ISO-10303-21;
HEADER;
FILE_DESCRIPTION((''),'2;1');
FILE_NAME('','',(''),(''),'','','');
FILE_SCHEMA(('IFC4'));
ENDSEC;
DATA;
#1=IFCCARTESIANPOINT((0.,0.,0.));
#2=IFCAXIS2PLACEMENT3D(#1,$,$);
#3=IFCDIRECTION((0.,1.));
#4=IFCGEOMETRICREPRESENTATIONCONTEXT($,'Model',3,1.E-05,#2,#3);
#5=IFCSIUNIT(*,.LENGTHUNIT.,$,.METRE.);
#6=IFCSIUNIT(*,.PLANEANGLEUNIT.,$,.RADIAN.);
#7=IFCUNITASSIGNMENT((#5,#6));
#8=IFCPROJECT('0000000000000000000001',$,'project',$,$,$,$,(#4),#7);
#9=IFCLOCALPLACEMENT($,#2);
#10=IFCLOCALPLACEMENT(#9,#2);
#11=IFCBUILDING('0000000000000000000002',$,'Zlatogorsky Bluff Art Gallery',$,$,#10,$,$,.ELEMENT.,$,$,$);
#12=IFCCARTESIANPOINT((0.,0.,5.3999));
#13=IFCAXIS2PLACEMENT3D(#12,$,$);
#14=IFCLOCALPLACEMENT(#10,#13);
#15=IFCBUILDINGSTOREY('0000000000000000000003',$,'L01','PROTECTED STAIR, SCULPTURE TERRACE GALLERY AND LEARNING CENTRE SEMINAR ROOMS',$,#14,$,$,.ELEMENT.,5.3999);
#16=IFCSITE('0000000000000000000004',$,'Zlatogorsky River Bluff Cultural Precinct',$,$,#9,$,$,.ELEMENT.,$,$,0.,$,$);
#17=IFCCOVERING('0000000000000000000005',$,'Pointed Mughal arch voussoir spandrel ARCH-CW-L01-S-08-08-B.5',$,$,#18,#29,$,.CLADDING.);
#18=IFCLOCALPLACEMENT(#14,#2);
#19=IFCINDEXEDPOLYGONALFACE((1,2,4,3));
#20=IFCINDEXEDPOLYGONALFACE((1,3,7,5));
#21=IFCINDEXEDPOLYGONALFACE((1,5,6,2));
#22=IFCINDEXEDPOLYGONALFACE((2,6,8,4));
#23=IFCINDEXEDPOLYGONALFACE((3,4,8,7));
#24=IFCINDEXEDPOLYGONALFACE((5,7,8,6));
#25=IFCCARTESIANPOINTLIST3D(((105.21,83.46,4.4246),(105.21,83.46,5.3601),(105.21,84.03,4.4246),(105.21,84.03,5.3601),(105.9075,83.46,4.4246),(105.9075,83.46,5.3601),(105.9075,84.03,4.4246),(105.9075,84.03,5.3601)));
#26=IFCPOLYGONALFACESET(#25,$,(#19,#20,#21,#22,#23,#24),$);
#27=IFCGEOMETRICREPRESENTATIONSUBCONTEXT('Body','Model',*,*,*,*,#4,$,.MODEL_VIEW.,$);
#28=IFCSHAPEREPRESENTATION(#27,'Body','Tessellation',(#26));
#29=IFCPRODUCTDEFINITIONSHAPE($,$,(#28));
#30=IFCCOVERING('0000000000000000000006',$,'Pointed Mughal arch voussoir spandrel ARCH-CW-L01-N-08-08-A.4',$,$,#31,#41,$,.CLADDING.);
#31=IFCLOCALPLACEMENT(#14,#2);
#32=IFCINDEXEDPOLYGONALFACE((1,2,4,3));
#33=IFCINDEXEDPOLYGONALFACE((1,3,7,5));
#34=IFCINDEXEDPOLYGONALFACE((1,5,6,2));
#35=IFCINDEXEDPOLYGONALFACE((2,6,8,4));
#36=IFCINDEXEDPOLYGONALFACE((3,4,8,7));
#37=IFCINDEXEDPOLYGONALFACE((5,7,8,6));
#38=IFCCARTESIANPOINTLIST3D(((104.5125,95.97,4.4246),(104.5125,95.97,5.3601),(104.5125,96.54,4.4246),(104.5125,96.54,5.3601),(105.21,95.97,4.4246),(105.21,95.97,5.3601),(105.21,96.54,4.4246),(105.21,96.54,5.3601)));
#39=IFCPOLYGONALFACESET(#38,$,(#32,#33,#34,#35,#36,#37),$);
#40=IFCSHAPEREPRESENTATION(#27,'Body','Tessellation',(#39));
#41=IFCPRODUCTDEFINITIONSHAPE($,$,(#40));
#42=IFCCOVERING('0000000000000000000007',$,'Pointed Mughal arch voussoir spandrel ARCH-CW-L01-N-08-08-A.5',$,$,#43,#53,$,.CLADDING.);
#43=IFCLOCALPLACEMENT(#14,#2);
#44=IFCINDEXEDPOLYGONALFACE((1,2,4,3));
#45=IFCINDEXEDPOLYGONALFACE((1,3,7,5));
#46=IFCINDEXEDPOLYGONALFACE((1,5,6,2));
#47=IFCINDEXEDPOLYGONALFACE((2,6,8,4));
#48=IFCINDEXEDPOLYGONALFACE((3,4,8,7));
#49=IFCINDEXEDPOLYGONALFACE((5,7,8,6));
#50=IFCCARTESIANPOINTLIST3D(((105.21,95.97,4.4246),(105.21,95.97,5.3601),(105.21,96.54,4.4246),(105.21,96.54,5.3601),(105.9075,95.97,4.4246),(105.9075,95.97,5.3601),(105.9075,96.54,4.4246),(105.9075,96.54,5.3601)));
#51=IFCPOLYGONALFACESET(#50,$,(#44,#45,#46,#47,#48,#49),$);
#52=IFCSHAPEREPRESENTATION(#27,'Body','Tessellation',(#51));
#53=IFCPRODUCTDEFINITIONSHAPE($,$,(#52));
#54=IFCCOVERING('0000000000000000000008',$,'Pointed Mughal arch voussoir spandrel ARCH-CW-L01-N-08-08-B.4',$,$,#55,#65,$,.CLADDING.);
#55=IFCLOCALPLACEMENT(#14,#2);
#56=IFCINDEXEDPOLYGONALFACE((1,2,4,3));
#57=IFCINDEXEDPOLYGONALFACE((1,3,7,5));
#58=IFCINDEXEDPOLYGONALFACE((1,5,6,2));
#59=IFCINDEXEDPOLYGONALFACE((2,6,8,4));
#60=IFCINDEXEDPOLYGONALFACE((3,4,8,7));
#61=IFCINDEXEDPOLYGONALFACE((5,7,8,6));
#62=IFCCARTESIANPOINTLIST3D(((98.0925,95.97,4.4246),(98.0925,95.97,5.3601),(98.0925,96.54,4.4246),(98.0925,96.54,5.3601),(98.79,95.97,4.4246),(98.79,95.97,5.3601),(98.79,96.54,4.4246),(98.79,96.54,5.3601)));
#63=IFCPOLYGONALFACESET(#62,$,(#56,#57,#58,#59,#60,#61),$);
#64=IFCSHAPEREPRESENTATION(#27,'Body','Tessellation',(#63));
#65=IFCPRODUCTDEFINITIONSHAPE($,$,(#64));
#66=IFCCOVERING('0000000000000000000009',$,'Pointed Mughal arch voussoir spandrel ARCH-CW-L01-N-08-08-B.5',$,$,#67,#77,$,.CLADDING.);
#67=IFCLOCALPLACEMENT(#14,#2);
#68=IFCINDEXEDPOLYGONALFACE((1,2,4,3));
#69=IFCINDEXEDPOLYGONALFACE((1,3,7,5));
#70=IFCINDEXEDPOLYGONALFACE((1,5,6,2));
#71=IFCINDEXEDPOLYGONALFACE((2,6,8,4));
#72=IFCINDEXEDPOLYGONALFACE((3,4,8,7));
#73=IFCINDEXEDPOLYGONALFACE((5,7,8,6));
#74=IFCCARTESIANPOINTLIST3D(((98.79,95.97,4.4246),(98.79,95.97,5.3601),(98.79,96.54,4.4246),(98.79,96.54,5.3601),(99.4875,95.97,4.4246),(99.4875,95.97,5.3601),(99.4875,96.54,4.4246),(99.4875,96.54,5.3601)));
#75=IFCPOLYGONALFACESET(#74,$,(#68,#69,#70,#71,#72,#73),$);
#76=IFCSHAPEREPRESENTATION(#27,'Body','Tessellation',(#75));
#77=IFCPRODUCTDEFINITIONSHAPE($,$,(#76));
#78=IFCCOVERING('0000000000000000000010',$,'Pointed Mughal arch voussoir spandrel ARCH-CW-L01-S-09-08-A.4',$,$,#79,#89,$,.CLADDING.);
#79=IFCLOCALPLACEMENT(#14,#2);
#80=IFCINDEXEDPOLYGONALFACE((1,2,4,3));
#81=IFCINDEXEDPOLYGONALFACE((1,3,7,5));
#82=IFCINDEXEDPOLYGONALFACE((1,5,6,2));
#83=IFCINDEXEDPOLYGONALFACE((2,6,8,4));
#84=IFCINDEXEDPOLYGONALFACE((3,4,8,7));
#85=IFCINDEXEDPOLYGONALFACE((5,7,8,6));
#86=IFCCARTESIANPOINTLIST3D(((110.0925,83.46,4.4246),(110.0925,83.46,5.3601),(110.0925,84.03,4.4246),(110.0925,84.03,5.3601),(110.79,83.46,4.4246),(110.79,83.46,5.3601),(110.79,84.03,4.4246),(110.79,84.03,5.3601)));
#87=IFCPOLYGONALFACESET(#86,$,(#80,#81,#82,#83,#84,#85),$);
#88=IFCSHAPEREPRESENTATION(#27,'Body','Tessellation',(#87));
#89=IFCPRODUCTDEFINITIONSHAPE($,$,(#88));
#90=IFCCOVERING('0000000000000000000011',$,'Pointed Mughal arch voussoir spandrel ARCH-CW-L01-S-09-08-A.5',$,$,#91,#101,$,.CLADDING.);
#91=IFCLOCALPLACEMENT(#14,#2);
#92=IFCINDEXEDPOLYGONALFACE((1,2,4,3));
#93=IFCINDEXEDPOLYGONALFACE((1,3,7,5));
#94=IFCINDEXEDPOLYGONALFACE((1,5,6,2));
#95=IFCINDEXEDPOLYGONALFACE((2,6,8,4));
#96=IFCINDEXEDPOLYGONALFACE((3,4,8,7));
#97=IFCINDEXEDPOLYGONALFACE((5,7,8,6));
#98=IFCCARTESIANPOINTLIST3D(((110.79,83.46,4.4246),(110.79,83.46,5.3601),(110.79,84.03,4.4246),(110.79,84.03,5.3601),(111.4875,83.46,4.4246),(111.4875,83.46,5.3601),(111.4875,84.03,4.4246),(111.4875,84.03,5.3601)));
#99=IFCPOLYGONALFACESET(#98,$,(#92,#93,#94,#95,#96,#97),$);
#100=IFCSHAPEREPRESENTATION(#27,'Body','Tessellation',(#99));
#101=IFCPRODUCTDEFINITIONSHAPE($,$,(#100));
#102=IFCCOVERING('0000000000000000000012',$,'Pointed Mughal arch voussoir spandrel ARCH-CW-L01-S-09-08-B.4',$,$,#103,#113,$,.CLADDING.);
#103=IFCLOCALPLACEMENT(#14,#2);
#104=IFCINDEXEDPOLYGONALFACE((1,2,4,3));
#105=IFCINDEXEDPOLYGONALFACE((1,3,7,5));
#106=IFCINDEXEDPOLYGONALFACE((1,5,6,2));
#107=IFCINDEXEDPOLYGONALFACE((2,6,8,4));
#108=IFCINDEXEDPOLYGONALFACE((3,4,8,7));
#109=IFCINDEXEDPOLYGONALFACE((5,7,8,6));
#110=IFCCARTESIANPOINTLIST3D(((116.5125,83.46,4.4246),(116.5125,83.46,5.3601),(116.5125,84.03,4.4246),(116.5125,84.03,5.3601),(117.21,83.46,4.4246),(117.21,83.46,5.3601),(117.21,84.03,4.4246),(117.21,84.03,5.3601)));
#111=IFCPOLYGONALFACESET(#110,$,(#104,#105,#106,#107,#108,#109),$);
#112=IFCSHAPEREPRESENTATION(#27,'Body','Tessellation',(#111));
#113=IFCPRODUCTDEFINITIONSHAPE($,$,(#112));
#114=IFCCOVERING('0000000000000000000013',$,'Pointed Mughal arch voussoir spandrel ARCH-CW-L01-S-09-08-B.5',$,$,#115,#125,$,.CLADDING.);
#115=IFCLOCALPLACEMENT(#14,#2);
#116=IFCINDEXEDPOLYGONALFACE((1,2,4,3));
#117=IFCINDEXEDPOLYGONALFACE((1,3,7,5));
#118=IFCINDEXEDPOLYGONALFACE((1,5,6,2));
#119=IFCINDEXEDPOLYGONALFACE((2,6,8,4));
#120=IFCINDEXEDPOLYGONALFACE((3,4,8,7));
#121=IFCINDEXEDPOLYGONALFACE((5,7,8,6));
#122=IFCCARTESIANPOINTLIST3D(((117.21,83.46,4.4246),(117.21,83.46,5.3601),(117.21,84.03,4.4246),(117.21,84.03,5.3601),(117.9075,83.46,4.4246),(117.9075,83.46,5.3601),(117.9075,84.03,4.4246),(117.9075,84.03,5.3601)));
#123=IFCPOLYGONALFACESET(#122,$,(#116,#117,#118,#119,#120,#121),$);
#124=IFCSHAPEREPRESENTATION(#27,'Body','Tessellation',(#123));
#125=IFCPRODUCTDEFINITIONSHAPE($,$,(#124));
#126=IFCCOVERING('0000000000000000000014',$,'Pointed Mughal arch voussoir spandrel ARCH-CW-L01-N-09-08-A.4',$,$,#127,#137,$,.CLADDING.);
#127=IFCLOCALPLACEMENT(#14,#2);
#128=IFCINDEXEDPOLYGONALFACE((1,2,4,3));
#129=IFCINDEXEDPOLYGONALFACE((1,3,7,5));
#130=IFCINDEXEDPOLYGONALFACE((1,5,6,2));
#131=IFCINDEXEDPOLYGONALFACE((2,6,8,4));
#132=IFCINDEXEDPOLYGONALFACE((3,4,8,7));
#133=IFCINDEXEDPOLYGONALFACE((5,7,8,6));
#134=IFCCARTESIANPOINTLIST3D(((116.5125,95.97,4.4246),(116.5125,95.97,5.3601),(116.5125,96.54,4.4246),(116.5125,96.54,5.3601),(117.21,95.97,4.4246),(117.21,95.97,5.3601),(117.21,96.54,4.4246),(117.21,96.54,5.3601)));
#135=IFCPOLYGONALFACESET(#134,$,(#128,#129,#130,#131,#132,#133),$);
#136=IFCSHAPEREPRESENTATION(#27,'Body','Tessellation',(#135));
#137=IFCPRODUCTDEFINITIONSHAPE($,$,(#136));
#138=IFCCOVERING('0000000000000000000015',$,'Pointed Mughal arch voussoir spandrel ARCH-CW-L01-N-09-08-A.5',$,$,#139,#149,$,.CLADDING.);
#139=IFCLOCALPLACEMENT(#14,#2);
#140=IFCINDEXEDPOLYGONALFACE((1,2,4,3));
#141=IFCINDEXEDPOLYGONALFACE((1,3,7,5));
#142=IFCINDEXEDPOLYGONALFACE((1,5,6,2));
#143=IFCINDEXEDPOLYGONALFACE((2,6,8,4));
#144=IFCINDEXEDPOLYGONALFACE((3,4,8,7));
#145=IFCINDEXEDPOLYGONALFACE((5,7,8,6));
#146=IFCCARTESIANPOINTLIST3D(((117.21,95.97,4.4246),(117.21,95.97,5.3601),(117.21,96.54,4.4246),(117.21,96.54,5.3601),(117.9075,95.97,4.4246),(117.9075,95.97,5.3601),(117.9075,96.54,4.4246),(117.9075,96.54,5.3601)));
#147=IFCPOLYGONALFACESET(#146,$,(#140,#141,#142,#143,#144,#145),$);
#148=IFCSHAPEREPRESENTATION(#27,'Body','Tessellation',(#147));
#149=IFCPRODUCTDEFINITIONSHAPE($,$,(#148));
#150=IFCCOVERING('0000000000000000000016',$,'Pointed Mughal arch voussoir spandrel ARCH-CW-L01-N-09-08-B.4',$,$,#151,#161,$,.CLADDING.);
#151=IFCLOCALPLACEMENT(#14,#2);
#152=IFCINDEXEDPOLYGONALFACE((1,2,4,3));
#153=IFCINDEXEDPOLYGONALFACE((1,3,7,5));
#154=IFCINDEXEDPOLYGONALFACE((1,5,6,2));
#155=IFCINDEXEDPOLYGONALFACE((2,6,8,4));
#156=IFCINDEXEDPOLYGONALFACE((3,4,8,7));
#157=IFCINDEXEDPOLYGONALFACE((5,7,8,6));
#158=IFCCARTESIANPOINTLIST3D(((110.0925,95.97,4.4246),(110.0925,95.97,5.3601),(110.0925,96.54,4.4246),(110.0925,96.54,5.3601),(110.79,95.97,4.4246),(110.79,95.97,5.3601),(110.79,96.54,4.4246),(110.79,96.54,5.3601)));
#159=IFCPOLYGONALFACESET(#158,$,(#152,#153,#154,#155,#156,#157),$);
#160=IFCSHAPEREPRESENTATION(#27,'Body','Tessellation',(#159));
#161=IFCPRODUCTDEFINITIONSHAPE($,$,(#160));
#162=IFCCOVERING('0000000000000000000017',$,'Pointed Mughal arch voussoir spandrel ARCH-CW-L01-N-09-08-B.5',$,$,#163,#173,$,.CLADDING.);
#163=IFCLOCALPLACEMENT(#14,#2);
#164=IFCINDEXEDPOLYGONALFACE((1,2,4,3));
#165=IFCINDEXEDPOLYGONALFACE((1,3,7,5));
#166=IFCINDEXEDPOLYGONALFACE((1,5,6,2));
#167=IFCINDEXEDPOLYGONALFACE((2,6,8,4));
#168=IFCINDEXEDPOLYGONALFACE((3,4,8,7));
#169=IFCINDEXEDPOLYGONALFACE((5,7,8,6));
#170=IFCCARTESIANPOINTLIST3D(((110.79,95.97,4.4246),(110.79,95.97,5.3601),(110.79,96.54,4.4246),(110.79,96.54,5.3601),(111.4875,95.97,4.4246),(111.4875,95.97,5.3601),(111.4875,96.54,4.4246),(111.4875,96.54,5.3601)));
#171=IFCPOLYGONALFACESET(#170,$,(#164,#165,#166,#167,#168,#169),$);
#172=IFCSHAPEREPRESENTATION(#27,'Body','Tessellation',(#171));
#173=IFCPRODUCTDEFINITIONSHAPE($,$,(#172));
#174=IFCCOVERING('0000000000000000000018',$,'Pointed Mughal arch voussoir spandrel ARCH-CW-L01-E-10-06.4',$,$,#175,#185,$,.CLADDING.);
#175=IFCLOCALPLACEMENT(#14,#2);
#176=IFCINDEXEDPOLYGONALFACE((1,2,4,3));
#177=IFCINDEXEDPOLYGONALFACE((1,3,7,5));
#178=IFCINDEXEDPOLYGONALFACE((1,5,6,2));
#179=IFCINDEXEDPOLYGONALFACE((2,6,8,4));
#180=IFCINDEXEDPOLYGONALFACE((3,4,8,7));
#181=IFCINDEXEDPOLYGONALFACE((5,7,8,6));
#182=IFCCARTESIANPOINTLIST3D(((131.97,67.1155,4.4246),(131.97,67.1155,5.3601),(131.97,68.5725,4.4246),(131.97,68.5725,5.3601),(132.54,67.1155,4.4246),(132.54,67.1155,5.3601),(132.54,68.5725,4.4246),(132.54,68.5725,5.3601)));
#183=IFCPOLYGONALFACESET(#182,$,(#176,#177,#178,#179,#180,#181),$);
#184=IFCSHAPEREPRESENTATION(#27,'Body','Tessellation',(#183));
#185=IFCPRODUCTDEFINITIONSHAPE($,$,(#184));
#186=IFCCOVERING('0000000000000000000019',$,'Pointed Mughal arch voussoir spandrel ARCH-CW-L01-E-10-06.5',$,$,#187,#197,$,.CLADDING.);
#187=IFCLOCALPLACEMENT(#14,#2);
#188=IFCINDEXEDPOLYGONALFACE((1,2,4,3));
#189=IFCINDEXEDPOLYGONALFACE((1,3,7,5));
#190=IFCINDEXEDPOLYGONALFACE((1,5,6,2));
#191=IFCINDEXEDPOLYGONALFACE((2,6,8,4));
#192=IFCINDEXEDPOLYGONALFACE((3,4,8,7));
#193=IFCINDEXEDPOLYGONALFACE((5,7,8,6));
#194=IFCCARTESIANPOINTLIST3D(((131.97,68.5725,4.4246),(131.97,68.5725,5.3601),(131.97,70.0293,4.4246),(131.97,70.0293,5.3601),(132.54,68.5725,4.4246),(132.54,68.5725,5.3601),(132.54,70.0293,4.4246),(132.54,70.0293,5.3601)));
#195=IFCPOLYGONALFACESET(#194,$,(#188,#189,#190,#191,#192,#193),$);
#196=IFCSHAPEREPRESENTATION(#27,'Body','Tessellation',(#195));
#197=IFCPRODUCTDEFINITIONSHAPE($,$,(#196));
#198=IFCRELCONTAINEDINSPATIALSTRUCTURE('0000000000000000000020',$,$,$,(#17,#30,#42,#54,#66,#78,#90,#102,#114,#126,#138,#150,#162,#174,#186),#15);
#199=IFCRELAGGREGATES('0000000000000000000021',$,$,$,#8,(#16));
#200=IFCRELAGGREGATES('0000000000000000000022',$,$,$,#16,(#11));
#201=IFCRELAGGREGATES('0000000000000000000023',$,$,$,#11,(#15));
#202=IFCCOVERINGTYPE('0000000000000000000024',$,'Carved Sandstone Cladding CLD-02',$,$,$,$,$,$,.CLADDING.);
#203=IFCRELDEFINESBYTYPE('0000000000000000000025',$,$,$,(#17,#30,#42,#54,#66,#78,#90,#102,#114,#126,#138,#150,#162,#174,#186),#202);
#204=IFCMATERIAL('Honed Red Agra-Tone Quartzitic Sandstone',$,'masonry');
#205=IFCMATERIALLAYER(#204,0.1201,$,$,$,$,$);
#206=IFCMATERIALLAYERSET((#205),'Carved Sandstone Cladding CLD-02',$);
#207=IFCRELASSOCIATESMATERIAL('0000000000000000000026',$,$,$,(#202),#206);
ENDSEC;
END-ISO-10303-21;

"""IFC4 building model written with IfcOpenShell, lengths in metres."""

from ifc_helpers import new_model, si_unit, direction, frame, origin, place, context, subcontext, project, spatial, polyline, outline, extrude, material, layer, layer_set, type_object, element, save


model = new_model("IFC4")

# Units and contexts
model_context = context("Model", 3, precision=1e-05, world=origin(), true_north=direction((0.0, 1.0)))
body_context = subcontext(model_context, "Body", "Model", "MODEL_VIEW")
ifc_project = project(units=[si_unit("LENGTHUNIT", "METRE"), si_unit("PLANEANGLEUNIT", "RADIAN")], contexts=[model_context])

# Site, building, storey
site_placement = place(None, origin())
site = spatial("IfcSite", under=ifc_project, at=site_placement, Name="Zlatogorsky River Bluff Cultural Precinct", CompositionType="ELEMENT", RefElevation=0.0)
building_placement = place(site_placement, origin())
building = spatial("IfcBuilding", under=site, at=building_placement, Name="Zlatogorsky Bluff Art Gallery", CompositionType="ELEMENT")
storey_placement = place(building_placement, frame((0.0, 0.0, 5.3999)))
storey = spatial("IfcBuildingStorey", under=building, at=storey_placement, Name="L01", Description="PROTECTED STAIR, SCULPTURE TERRACE GALLERY AND LEARNING CENTRE SEMINAR ROOMS", CompositionType="ELEMENT", Elevation=5.3999)

# Coverings
ifc_material = material(Name="Honed Red Agra-Tone Quartzitic Sandstone", Category="masonry")
ifc_layer = layer(ifc_material, 0.1201)
ifc_layer_set = layer_set([ifc_layer], Name="Carved Sandstone Cladding CLD-02")
covering_type = type_object("IfcCoveringType", Name="Carved Sandstone Cladding CLD-02", PredefinedType="CLADDING", material=ifc_layer_set)
covering_1_placement = place(storey_placement, frame((0.0, 0.0, 4.4246)))
element("IfcCovering", 1, at=covering_1_placement, inside=storey, type_object=covering_type, Name="Pointed Mughal arch voussoir spandrel ARCH-CW-L01-S-08-08-B.5", PredefinedType="CLADDING", context=body_context, shape_type="SweptSolid", body=[
    extrude(outline(polyline([(105.21, 83.46), (105.9075, 83.46), (105.9075, 84.03), (105.21, 84.03), (105.21, 83.46)])), origin(), (0.0, 0.0, 1.0), 0.9355),
])
covering_2_placement = place(storey_placement, frame((0.0, 0.0, 4.4246)))
element("IfcCovering", 2, at=covering_2_placement, inside=storey, type_object=covering_type, Name="Pointed Mughal arch voussoir spandrel ARCH-CW-L01-N-08-08-A.4", PredefinedType="CLADDING", context=body_context, shape_type="SweptSolid", body=[
    extrude(outline(polyline([(104.5125, 95.97), (105.21, 95.97), (105.21, 96.54), (104.5125, 96.54), (104.5125, 95.97)])), origin(), (0.0, 0.0, 1.0), 0.9355),
])
covering_3_placement = place(storey_placement, frame((0.0, 0.0, 4.4246)))
element("IfcCovering", 3, at=covering_3_placement, inside=storey, type_object=covering_type, Name="Pointed Mughal arch voussoir spandrel ARCH-CW-L01-N-08-08-A.5", PredefinedType="CLADDING", context=body_context, shape_type="SweptSolid", body=[
    extrude(outline(polyline([(105.21, 95.97), (105.9075, 95.97), (105.9075, 96.54), (105.21, 96.54), (105.21, 95.97)])), origin(), (0.0, 0.0, 1.0), 0.9355),
])
covering_4_placement = place(storey_placement, frame((0.0, 0.0, 4.4246)))
element("IfcCovering", 4, at=covering_4_placement, inside=storey, type_object=covering_type, Name="Pointed Mughal arch voussoir spandrel ARCH-CW-L01-N-08-08-B.4", PredefinedType="CLADDING", context=body_context, shape_type="SweptSolid", body=[
    extrude(outline(polyline([(98.0925, 95.97), (98.79, 95.97), (98.79, 96.54), (98.0925, 96.54), (98.0925, 95.97)])), origin(), (0.0, 0.0, 1.0), 0.9355),
])
covering_5_placement = place(storey_placement, frame((0.0, 0.0, 4.4246)))
element("IfcCovering", 5, at=covering_5_placement, inside=storey, type_object=covering_type, Name="Pointed Mughal arch voussoir spandrel ARCH-CW-L01-N-08-08-B.5", PredefinedType="CLADDING", context=body_context, shape_type="SweptSolid", body=[
    extrude(outline(polyline([(98.79, 95.97), (99.4875, 95.97), (99.4875, 96.54), (98.79, 96.54), (98.79, 95.97)])), origin(), (0.0, 0.0, 1.0), 0.9355),
])
covering_6_placement = place(storey_placement, frame((0.0, 0.0, 4.4246)))
element("IfcCovering", 6, at=covering_6_placement, inside=storey, type_object=covering_type, Name="Pointed Mughal arch voussoir spandrel ARCH-CW-L01-S-09-08-A.4", PredefinedType="CLADDING", context=body_context, shape_type="SweptSolid", body=[
    extrude(outline(polyline([(110.0925, 83.46), (110.79, 83.46), (110.79, 84.03), (110.0925, 84.03), (110.0925, 83.46)])), origin(), (0.0, 0.0, 1.0), 0.9355),
])
covering_7_placement = place(storey_placement, frame((0.0, 0.0, 4.4246)))
element("IfcCovering", 7, at=covering_7_placement, inside=storey, type_object=covering_type, Name="Pointed Mughal arch voussoir spandrel ARCH-CW-L01-S-09-08-A.5", PredefinedType="CLADDING", context=body_context, shape_type="SweptSolid", body=[
    extrude(outline(polyline([(110.79, 83.46), (111.4875, 83.46), (111.4875, 84.03), (110.79, 84.03), (110.79, 83.46)])), origin(), (0.0, 0.0, 1.0), 0.9355),
])
covering_8_placement = place(storey_placement, frame((0.0, 0.0, 4.4246)))
element("IfcCovering", 8, at=covering_8_placement, inside=storey, type_object=covering_type, Name="Pointed Mughal arch voussoir spandrel ARCH-CW-L01-S-09-08-B.4", PredefinedType="CLADDING", context=body_context, shape_type="SweptSolid", body=[
    extrude(outline(polyline([(116.5125, 83.46), (117.21, 83.46), (117.21, 84.03), (116.5125, 84.03), (116.5125, 83.46)])), origin(), (0.0, 0.0, 1.0), 0.9355),
])
covering_9_placement = place(storey_placement, frame((0.0, 0.0, 4.4246)))
element("IfcCovering", 9, at=covering_9_placement, inside=storey, type_object=covering_type, Name="Pointed Mughal arch voussoir spandrel ARCH-CW-L01-S-09-08-B.5", PredefinedType="CLADDING", context=body_context, shape_type="SweptSolid", body=[
    extrude(outline(polyline([(117.21, 83.46), (117.9075, 83.46), (117.9075, 84.03), (117.21, 84.03), (117.21, 83.46)])), origin(), (0.0, 0.0, 1.0), 0.9355),
])
covering_10_placement = place(storey_placement, frame((0.0, 0.0, 4.4246)))
element("IfcCovering", 10, at=covering_10_placement, inside=storey, type_object=covering_type, Name="Pointed Mughal arch voussoir spandrel ARCH-CW-L01-N-09-08-A.4", PredefinedType="CLADDING", context=body_context, shape_type="SweptSolid", body=[
    extrude(outline(polyline([(116.5125, 95.97), (117.21, 95.97), (117.21, 96.54), (116.5125, 96.54), (116.5125, 95.97)])), origin(), (0.0, 0.0, 1.0), 0.9355),
])
covering_11_placement = place(storey_placement, frame((0.0, 0.0, 4.4246)))
element("IfcCovering", 11, at=covering_11_placement, inside=storey, type_object=covering_type, Name="Pointed Mughal arch voussoir spandrel ARCH-CW-L01-N-09-08-A.5", PredefinedType="CLADDING", context=body_context, shape_type="SweptSolid", body=[
    extrude(outline(polyline([(117.21, 95.97), (117.9075, 95.97), (117.9075, 96.54), (117.21, 96.54), (117.21, 95.97)])), origin(), (0.0, 0.0, 1.0), 0.9355),
])
covering_12_placement = place(storey_placement, frame((0.0, 0.0, 4.4246)))
element("IfcCovering", 12, at=covering_12_placement, inside=storey, type_object=covering_type, Name="Pointed Mughal arch voussoir spandrel ARCH-CW-L01-N-09-08-B.4", PredefinedType="CLADDING", context=body_context, shape_type="SweptSolid", body=[
    extrude(outline(polyline([(110.0925, 95.97), (110.79, 95.97), (110.79, 96.54), (110.0925, 96.54), (110.0925, 95.97)])), origin(), (0.0, 0.0, 1.0), 0.9355),
])
covering_13_placement = place(storey_placement, frame((0.0, 0.0, 4.4246)))
element("IfcCovering", 13, at=covering_13_placement, inside=storey, type_object=covering_type, Name="Pointed Mughal arch voussoir spandrel ARCH-CW-L01-N-09-08-B.5", PredefinedType="CLADDING", context=body_context, shape_type="SweptSolid", body=[
    extrude(outline(polyline([(110.79, 95.97), (111.4875, 95.97), (111.4875, 96.54), (110.79, 96.54), (110.79, 95.97)])), origin(), (0.0, 0.0, 1.0), 0.9355),
])
covering_14_placement = place(storey_placement, frame((0.0, 0.0, 4.4246)))
element("IfcCovering", 14, at=covering_14_placement, inside=storey, type_object=covering_type, Name="Pointed Mughal arch voussoir spandrel ARCH-CW-L01-E-10-06.4", PredefinedType="CLADDING", context=body_context, shape_type="SweptSolid", body=[
    extrude(outline(polyline([(131.97, 67.1155), (131.97, 68.5725), (132.54, 68.5725), (132.54, 67.1155), (131.97, 67.1155)])), origin(), (0.0, 0.0, 1.0), 0.9355),
])
covering_15_placement = place(storey_placement, frame((0.0, 0.0, 4.4246)))
element("IfcCovering", 15, at=covering_15_placement, inside=storey, type_object=covering_type, Name="Pointed Mughal arch voussoir spandrel ARCH-CW-L01-E-10-06.5", PredefinedType="CLADDING", context=body_context, shape_type="SweptSolid", body=[
    extrude(outline(polyline([(131.97, 68.5725), (131.97, 70.0293), (132.54, 70.0293), (132.54, 68.5725), (131.97, 68.5725)])), origin(), (0.0, 0.0, 1.0), 0.9355),
])

save(model, "model.ifc")
